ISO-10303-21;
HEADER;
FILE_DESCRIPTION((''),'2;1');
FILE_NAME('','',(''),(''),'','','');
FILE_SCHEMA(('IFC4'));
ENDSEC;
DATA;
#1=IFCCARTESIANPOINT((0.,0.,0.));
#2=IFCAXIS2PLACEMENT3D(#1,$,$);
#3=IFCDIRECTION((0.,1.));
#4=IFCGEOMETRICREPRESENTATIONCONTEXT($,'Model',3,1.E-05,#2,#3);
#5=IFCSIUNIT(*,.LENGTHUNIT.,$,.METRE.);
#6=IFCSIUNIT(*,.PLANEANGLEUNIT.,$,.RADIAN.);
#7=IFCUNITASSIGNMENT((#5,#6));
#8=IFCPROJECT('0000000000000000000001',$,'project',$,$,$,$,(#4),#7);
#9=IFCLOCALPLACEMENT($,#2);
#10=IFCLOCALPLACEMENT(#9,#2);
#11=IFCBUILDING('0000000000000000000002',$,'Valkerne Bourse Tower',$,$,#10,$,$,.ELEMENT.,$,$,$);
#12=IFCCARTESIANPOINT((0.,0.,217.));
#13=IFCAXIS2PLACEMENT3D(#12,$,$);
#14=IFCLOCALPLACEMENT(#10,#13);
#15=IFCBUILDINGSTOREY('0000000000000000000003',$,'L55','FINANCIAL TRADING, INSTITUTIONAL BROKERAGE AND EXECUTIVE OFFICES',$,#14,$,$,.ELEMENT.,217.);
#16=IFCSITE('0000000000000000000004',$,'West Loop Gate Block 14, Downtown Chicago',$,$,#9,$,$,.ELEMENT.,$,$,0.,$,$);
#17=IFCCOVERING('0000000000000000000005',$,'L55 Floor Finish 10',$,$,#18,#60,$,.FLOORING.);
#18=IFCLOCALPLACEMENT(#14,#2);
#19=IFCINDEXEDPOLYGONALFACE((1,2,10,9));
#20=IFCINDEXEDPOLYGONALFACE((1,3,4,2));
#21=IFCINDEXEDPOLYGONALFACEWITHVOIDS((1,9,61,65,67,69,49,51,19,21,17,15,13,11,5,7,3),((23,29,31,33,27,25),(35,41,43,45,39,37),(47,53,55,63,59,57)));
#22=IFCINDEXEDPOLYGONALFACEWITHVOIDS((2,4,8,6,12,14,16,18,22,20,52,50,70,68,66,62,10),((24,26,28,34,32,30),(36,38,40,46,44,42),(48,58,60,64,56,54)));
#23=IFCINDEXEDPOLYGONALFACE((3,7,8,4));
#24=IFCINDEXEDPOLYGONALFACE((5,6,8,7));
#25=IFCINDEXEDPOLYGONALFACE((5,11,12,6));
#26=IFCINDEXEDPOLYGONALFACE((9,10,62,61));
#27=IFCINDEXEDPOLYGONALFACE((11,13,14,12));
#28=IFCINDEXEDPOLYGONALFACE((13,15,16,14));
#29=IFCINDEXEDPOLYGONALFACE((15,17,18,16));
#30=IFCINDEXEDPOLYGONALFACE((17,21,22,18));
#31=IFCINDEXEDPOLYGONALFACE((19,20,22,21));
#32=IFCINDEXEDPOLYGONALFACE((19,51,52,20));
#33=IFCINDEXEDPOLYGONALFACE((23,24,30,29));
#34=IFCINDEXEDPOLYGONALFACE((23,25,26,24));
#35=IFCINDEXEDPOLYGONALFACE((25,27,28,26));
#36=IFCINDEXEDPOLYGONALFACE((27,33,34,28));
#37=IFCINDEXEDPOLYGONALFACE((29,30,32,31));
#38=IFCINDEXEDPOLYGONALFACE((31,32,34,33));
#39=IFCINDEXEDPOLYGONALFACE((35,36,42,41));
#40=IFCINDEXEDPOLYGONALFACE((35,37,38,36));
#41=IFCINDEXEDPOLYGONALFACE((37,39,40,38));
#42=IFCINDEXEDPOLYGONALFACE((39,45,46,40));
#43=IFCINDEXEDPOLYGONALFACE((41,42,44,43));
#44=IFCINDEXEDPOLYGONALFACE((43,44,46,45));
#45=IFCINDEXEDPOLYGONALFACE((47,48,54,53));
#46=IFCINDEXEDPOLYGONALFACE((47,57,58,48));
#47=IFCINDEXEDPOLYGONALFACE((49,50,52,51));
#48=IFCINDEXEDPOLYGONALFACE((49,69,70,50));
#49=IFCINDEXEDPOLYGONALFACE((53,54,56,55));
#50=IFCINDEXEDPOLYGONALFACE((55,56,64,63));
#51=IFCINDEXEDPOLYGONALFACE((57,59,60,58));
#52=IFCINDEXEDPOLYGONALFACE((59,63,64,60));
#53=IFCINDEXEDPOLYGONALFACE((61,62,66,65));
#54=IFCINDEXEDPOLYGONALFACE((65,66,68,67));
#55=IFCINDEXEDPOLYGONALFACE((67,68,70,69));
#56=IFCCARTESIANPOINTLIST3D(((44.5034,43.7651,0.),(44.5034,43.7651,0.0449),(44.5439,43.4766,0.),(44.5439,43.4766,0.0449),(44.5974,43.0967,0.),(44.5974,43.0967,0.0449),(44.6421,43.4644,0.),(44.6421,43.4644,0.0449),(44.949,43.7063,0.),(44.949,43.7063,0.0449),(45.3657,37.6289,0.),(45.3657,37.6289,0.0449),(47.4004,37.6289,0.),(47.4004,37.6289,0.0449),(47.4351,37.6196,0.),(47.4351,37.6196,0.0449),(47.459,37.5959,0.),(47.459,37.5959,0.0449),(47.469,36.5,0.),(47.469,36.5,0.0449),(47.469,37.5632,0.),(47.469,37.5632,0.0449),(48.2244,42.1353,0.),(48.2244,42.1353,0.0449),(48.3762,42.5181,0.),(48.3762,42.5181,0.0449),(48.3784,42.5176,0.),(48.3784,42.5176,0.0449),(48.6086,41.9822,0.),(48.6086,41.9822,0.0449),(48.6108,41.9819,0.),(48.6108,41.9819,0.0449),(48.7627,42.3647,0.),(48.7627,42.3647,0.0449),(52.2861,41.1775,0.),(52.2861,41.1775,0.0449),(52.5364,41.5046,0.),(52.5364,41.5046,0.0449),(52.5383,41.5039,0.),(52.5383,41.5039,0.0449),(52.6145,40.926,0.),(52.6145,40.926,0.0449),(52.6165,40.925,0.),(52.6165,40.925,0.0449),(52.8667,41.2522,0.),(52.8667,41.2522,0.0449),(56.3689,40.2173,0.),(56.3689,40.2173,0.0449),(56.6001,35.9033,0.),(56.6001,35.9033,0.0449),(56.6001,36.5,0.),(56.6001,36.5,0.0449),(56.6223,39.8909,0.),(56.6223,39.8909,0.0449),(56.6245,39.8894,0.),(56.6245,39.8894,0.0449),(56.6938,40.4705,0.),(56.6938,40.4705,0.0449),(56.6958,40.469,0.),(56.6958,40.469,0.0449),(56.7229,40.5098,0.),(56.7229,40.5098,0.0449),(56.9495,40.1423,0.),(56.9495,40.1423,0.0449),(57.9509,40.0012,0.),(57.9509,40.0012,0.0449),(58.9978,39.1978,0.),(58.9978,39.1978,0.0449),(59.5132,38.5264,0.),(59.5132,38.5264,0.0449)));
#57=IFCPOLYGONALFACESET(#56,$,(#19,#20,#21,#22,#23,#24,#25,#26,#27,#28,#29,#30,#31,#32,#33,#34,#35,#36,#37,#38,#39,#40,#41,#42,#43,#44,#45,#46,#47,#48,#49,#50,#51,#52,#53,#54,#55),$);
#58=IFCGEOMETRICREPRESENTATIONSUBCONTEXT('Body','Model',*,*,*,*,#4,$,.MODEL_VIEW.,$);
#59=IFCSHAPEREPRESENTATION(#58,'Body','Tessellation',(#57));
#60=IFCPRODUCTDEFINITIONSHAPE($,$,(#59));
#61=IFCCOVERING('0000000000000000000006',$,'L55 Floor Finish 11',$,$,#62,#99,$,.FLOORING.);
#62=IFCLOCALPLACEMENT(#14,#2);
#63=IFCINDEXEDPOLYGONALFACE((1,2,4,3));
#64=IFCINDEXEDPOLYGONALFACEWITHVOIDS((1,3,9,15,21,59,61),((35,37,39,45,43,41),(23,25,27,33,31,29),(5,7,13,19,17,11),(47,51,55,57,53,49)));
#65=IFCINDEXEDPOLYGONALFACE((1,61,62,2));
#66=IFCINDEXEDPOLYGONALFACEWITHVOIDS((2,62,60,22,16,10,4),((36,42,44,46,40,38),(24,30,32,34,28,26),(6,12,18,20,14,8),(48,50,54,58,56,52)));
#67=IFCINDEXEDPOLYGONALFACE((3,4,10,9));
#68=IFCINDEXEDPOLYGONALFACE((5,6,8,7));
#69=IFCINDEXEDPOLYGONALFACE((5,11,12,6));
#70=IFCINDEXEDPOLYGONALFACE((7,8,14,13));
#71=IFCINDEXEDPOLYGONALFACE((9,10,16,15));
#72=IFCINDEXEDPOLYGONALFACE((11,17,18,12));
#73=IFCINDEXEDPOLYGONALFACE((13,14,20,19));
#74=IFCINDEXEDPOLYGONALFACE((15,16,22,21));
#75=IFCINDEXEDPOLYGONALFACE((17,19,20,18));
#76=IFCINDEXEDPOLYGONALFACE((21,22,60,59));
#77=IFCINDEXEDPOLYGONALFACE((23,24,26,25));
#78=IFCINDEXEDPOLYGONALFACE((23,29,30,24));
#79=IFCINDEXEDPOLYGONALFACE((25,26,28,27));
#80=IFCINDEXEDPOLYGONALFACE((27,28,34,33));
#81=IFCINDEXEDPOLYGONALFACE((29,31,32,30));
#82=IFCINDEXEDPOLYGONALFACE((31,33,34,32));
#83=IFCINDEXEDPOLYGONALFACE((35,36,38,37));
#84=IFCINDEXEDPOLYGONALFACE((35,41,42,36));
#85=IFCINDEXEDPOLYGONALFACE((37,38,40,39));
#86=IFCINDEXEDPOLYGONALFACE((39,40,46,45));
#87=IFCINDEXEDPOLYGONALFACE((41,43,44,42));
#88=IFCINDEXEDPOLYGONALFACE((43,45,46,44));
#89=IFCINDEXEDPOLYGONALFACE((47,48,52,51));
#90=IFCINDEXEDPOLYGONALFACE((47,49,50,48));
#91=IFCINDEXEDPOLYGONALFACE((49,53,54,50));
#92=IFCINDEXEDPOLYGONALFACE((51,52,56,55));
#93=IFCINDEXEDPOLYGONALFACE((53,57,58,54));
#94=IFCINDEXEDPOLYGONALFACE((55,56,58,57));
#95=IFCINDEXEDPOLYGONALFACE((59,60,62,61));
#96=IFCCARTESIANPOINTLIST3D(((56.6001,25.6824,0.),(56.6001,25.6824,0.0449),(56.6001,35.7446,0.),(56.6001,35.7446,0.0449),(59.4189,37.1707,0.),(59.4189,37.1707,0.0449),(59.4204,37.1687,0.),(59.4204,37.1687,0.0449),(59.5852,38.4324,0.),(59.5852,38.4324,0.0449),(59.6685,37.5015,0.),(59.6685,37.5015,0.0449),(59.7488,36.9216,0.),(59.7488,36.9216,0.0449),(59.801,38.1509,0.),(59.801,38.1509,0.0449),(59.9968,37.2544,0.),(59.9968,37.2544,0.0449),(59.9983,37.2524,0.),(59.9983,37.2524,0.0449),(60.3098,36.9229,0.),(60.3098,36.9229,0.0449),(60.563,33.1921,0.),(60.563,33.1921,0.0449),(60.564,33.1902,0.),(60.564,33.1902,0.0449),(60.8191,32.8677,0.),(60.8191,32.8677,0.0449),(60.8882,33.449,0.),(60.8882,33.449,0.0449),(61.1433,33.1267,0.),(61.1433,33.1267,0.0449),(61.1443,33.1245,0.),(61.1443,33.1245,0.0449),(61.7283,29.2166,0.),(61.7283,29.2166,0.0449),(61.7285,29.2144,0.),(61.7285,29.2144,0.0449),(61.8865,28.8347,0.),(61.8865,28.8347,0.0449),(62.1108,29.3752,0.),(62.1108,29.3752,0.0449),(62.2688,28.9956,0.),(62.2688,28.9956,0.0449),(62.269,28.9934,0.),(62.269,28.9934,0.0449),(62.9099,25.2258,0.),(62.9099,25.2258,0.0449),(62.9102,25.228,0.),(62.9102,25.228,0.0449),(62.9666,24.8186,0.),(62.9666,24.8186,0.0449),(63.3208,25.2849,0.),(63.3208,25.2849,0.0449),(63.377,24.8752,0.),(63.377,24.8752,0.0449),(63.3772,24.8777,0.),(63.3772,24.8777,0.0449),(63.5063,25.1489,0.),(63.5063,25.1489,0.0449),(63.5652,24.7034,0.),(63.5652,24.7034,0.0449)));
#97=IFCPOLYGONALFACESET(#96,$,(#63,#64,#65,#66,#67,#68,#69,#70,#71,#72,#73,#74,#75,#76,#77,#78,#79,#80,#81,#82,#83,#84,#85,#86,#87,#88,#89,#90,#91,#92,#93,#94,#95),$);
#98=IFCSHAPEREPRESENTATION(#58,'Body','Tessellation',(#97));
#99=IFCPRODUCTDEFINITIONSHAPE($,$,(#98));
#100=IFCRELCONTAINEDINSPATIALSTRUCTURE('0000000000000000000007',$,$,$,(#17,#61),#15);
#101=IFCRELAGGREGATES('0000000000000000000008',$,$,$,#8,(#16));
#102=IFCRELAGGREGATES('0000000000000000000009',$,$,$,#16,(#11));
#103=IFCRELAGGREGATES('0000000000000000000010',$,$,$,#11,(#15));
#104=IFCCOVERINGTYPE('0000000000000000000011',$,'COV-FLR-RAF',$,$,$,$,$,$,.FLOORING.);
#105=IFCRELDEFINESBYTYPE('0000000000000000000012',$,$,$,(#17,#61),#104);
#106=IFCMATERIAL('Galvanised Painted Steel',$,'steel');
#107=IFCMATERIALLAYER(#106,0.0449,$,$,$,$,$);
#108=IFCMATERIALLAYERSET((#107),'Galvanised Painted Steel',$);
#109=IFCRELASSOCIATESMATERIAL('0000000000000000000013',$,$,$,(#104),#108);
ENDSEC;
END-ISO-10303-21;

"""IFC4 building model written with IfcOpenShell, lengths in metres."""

from ifc_helpers import new_model, si_unit, direction, frame, origin, place, context, subcontext, project, spatial, polyline, outline, extrude, material, layer, layer_set, type_object, element, save


model = new_model("IFC4")

# Units and contexts
model_context = context("Model", 3, precision=1e-05, world=origin(), true_north=direction((0.0, 1.0)))
body_context = subcontext(model_context, "Body", "Model", "MODEL_VIEW")
ifc_project = project(units=[si_unit("LENGTHUNIT", "METRE"), si_unit("PLANEANGLEUNIT", "RADIAN")], contexts=[model_context])

# Site, building, storey
site_placement = place(None, origin())
site = spatial("IfcSite", under=ifc_project, at=site_placement, Name="West Loop Gate Block 14, Downtown Chicago", CompositionType="ELEMENT", RefElevation=0.0)
building_placement = place(site_placement, origin())
building = spatial("IfcBuilding", under=site, at=building_placement, Name="Valkerne Bourse Tower", CompositionType="ELEMENT")
storey_placement = place(building_placement, frame((0.0, 0.0, 217.0)))
storey = spatial("IfcBuildingStorey", under=building, at=storey_placement, Name="L55", Description="FINANCIAL TRADING, INSTITUTIONAL BROKERAGE AND EXECUTIVE OFFICES", CompositionType="ELEMENT", Elevation=217.0)

# Coverings
ifc_material_1 = material(Name="Galvanised Painted Steel", Category="steel")
ifc_layer_1 = layer(ifc_material_1, 0.0449)
ifc_layer_set_1 = layer_set([ifc_layer_1], Name="Galvanised Painted Steel")
covering_type_1 = type_object("IfcCoveringType", Name="COV-FLR-RAF", PredefinedType="FLOORING", material=ifc_layer_set_1)
covering_1_placement = place(storey_placement, origin())
element("IfcCovering", 1, at=covering_1_placement, inside=storey, type_object=covering_type_1, Name="L55 Floor Finish 10", PredefinedType="FLOORING", context=body_context, shape_type="SweptSolid", body=[
    extrude(outline(polyline([(57.9509, 40.0012), (58.9978, 39.1978), (59.5132, 38.5264), (56.6001, 35.9033), (56.6001, 36.5), (47.469, 36.5), (47.469, 37.5632), (47.459, 37.5959), (47.4351, 37.6196), (47.4004, 37.6289), (45.3657, 37.6289), (44.5974, 43.0967), (44.6421, 43.4644), (44.5439, 43.4766), (44.5034, 43.7651), (44.949, 43.7063), (56.7229, 40.5098), (57.9509, 40.0012)]), holes=[polyline([(56.6958, 40.469), (56.6938, 40.4705), (56.3689, 40.2173), (56.6223, 39.8909), (56.6245, 39.8894), (56.9495, 40.1423), (56.6958, 40.469)]), polyline([(52.5383, 41.5039), (52.5364, 41.5046), (52.2861, 41.1775), (52.6145, 40.926), (52.6165, 40.925), (52.8667, 41.2522), (52.5383, 41.5039)]), polyline([(48.7627, 42.3647), (48.3784, 42.5176), (48.3762, 42.5181), (48.2244, 42.1353), (48.6086, 41.9822), (48.6108, 41.9819), (48.7627, 42.3647)])]), origin(), (0.0, 0.0, 1.0), 0.0449),
])
covering_2_placement = place(storey_placement, origin())
element("IfcCovering", 2, at=covering_2_placement, inside=storey, type_object=covering_type_1, Name="L55 Floor Finish 11", PredefinedType="FLOORING", context=body_context, shape_type="SweptSolid", body=[
    extrude(outline(polyline([(59.5852, 38.4324), (59.801, 38.1509), (60.3098, 36.9229), (63.5063, 25.1489), (63.5652, 24.7034), (56.6001, 25.6824), (56.6001, 35.7446), (59.5852, 38.4324)]), holes=[polyline([(63.3772, 24.8777), (63.3208, 25.2849), (62.9102, 25.228), (62.9099, 25.2258), (62.9666, 24.8186), (63.377, 24.8752), (63.3772, 24.8777)]), polyline([(62.2688, 28.9956), (62.1108, 29.3752), (61.7283, 29.2166), (61.7285, 29.2144), (61.8865, 28.8347), (62.269, 28.9934), (62.2688, 28.9956)]), polyline([(61.1433, 33.1267), (60.8882, 33.449), (60.563, 33.1921), (60.564, 33.1902), (60.8191, 32.8677), (61.1443, 33.1245), (61.1433, 33.1267)]), polyline([(59.9968, 37.2544), (59.6685, 37.5015), (59.4189, 37.1707), (59.4204, 37.1687), (59.7488, 36.9216), (59.9983, 37.2524), (59.9968, 37.2544)])]), origin(), (0.0, 0.0, 1.0), 0.0449),
])

save(model, "model.ifc")
